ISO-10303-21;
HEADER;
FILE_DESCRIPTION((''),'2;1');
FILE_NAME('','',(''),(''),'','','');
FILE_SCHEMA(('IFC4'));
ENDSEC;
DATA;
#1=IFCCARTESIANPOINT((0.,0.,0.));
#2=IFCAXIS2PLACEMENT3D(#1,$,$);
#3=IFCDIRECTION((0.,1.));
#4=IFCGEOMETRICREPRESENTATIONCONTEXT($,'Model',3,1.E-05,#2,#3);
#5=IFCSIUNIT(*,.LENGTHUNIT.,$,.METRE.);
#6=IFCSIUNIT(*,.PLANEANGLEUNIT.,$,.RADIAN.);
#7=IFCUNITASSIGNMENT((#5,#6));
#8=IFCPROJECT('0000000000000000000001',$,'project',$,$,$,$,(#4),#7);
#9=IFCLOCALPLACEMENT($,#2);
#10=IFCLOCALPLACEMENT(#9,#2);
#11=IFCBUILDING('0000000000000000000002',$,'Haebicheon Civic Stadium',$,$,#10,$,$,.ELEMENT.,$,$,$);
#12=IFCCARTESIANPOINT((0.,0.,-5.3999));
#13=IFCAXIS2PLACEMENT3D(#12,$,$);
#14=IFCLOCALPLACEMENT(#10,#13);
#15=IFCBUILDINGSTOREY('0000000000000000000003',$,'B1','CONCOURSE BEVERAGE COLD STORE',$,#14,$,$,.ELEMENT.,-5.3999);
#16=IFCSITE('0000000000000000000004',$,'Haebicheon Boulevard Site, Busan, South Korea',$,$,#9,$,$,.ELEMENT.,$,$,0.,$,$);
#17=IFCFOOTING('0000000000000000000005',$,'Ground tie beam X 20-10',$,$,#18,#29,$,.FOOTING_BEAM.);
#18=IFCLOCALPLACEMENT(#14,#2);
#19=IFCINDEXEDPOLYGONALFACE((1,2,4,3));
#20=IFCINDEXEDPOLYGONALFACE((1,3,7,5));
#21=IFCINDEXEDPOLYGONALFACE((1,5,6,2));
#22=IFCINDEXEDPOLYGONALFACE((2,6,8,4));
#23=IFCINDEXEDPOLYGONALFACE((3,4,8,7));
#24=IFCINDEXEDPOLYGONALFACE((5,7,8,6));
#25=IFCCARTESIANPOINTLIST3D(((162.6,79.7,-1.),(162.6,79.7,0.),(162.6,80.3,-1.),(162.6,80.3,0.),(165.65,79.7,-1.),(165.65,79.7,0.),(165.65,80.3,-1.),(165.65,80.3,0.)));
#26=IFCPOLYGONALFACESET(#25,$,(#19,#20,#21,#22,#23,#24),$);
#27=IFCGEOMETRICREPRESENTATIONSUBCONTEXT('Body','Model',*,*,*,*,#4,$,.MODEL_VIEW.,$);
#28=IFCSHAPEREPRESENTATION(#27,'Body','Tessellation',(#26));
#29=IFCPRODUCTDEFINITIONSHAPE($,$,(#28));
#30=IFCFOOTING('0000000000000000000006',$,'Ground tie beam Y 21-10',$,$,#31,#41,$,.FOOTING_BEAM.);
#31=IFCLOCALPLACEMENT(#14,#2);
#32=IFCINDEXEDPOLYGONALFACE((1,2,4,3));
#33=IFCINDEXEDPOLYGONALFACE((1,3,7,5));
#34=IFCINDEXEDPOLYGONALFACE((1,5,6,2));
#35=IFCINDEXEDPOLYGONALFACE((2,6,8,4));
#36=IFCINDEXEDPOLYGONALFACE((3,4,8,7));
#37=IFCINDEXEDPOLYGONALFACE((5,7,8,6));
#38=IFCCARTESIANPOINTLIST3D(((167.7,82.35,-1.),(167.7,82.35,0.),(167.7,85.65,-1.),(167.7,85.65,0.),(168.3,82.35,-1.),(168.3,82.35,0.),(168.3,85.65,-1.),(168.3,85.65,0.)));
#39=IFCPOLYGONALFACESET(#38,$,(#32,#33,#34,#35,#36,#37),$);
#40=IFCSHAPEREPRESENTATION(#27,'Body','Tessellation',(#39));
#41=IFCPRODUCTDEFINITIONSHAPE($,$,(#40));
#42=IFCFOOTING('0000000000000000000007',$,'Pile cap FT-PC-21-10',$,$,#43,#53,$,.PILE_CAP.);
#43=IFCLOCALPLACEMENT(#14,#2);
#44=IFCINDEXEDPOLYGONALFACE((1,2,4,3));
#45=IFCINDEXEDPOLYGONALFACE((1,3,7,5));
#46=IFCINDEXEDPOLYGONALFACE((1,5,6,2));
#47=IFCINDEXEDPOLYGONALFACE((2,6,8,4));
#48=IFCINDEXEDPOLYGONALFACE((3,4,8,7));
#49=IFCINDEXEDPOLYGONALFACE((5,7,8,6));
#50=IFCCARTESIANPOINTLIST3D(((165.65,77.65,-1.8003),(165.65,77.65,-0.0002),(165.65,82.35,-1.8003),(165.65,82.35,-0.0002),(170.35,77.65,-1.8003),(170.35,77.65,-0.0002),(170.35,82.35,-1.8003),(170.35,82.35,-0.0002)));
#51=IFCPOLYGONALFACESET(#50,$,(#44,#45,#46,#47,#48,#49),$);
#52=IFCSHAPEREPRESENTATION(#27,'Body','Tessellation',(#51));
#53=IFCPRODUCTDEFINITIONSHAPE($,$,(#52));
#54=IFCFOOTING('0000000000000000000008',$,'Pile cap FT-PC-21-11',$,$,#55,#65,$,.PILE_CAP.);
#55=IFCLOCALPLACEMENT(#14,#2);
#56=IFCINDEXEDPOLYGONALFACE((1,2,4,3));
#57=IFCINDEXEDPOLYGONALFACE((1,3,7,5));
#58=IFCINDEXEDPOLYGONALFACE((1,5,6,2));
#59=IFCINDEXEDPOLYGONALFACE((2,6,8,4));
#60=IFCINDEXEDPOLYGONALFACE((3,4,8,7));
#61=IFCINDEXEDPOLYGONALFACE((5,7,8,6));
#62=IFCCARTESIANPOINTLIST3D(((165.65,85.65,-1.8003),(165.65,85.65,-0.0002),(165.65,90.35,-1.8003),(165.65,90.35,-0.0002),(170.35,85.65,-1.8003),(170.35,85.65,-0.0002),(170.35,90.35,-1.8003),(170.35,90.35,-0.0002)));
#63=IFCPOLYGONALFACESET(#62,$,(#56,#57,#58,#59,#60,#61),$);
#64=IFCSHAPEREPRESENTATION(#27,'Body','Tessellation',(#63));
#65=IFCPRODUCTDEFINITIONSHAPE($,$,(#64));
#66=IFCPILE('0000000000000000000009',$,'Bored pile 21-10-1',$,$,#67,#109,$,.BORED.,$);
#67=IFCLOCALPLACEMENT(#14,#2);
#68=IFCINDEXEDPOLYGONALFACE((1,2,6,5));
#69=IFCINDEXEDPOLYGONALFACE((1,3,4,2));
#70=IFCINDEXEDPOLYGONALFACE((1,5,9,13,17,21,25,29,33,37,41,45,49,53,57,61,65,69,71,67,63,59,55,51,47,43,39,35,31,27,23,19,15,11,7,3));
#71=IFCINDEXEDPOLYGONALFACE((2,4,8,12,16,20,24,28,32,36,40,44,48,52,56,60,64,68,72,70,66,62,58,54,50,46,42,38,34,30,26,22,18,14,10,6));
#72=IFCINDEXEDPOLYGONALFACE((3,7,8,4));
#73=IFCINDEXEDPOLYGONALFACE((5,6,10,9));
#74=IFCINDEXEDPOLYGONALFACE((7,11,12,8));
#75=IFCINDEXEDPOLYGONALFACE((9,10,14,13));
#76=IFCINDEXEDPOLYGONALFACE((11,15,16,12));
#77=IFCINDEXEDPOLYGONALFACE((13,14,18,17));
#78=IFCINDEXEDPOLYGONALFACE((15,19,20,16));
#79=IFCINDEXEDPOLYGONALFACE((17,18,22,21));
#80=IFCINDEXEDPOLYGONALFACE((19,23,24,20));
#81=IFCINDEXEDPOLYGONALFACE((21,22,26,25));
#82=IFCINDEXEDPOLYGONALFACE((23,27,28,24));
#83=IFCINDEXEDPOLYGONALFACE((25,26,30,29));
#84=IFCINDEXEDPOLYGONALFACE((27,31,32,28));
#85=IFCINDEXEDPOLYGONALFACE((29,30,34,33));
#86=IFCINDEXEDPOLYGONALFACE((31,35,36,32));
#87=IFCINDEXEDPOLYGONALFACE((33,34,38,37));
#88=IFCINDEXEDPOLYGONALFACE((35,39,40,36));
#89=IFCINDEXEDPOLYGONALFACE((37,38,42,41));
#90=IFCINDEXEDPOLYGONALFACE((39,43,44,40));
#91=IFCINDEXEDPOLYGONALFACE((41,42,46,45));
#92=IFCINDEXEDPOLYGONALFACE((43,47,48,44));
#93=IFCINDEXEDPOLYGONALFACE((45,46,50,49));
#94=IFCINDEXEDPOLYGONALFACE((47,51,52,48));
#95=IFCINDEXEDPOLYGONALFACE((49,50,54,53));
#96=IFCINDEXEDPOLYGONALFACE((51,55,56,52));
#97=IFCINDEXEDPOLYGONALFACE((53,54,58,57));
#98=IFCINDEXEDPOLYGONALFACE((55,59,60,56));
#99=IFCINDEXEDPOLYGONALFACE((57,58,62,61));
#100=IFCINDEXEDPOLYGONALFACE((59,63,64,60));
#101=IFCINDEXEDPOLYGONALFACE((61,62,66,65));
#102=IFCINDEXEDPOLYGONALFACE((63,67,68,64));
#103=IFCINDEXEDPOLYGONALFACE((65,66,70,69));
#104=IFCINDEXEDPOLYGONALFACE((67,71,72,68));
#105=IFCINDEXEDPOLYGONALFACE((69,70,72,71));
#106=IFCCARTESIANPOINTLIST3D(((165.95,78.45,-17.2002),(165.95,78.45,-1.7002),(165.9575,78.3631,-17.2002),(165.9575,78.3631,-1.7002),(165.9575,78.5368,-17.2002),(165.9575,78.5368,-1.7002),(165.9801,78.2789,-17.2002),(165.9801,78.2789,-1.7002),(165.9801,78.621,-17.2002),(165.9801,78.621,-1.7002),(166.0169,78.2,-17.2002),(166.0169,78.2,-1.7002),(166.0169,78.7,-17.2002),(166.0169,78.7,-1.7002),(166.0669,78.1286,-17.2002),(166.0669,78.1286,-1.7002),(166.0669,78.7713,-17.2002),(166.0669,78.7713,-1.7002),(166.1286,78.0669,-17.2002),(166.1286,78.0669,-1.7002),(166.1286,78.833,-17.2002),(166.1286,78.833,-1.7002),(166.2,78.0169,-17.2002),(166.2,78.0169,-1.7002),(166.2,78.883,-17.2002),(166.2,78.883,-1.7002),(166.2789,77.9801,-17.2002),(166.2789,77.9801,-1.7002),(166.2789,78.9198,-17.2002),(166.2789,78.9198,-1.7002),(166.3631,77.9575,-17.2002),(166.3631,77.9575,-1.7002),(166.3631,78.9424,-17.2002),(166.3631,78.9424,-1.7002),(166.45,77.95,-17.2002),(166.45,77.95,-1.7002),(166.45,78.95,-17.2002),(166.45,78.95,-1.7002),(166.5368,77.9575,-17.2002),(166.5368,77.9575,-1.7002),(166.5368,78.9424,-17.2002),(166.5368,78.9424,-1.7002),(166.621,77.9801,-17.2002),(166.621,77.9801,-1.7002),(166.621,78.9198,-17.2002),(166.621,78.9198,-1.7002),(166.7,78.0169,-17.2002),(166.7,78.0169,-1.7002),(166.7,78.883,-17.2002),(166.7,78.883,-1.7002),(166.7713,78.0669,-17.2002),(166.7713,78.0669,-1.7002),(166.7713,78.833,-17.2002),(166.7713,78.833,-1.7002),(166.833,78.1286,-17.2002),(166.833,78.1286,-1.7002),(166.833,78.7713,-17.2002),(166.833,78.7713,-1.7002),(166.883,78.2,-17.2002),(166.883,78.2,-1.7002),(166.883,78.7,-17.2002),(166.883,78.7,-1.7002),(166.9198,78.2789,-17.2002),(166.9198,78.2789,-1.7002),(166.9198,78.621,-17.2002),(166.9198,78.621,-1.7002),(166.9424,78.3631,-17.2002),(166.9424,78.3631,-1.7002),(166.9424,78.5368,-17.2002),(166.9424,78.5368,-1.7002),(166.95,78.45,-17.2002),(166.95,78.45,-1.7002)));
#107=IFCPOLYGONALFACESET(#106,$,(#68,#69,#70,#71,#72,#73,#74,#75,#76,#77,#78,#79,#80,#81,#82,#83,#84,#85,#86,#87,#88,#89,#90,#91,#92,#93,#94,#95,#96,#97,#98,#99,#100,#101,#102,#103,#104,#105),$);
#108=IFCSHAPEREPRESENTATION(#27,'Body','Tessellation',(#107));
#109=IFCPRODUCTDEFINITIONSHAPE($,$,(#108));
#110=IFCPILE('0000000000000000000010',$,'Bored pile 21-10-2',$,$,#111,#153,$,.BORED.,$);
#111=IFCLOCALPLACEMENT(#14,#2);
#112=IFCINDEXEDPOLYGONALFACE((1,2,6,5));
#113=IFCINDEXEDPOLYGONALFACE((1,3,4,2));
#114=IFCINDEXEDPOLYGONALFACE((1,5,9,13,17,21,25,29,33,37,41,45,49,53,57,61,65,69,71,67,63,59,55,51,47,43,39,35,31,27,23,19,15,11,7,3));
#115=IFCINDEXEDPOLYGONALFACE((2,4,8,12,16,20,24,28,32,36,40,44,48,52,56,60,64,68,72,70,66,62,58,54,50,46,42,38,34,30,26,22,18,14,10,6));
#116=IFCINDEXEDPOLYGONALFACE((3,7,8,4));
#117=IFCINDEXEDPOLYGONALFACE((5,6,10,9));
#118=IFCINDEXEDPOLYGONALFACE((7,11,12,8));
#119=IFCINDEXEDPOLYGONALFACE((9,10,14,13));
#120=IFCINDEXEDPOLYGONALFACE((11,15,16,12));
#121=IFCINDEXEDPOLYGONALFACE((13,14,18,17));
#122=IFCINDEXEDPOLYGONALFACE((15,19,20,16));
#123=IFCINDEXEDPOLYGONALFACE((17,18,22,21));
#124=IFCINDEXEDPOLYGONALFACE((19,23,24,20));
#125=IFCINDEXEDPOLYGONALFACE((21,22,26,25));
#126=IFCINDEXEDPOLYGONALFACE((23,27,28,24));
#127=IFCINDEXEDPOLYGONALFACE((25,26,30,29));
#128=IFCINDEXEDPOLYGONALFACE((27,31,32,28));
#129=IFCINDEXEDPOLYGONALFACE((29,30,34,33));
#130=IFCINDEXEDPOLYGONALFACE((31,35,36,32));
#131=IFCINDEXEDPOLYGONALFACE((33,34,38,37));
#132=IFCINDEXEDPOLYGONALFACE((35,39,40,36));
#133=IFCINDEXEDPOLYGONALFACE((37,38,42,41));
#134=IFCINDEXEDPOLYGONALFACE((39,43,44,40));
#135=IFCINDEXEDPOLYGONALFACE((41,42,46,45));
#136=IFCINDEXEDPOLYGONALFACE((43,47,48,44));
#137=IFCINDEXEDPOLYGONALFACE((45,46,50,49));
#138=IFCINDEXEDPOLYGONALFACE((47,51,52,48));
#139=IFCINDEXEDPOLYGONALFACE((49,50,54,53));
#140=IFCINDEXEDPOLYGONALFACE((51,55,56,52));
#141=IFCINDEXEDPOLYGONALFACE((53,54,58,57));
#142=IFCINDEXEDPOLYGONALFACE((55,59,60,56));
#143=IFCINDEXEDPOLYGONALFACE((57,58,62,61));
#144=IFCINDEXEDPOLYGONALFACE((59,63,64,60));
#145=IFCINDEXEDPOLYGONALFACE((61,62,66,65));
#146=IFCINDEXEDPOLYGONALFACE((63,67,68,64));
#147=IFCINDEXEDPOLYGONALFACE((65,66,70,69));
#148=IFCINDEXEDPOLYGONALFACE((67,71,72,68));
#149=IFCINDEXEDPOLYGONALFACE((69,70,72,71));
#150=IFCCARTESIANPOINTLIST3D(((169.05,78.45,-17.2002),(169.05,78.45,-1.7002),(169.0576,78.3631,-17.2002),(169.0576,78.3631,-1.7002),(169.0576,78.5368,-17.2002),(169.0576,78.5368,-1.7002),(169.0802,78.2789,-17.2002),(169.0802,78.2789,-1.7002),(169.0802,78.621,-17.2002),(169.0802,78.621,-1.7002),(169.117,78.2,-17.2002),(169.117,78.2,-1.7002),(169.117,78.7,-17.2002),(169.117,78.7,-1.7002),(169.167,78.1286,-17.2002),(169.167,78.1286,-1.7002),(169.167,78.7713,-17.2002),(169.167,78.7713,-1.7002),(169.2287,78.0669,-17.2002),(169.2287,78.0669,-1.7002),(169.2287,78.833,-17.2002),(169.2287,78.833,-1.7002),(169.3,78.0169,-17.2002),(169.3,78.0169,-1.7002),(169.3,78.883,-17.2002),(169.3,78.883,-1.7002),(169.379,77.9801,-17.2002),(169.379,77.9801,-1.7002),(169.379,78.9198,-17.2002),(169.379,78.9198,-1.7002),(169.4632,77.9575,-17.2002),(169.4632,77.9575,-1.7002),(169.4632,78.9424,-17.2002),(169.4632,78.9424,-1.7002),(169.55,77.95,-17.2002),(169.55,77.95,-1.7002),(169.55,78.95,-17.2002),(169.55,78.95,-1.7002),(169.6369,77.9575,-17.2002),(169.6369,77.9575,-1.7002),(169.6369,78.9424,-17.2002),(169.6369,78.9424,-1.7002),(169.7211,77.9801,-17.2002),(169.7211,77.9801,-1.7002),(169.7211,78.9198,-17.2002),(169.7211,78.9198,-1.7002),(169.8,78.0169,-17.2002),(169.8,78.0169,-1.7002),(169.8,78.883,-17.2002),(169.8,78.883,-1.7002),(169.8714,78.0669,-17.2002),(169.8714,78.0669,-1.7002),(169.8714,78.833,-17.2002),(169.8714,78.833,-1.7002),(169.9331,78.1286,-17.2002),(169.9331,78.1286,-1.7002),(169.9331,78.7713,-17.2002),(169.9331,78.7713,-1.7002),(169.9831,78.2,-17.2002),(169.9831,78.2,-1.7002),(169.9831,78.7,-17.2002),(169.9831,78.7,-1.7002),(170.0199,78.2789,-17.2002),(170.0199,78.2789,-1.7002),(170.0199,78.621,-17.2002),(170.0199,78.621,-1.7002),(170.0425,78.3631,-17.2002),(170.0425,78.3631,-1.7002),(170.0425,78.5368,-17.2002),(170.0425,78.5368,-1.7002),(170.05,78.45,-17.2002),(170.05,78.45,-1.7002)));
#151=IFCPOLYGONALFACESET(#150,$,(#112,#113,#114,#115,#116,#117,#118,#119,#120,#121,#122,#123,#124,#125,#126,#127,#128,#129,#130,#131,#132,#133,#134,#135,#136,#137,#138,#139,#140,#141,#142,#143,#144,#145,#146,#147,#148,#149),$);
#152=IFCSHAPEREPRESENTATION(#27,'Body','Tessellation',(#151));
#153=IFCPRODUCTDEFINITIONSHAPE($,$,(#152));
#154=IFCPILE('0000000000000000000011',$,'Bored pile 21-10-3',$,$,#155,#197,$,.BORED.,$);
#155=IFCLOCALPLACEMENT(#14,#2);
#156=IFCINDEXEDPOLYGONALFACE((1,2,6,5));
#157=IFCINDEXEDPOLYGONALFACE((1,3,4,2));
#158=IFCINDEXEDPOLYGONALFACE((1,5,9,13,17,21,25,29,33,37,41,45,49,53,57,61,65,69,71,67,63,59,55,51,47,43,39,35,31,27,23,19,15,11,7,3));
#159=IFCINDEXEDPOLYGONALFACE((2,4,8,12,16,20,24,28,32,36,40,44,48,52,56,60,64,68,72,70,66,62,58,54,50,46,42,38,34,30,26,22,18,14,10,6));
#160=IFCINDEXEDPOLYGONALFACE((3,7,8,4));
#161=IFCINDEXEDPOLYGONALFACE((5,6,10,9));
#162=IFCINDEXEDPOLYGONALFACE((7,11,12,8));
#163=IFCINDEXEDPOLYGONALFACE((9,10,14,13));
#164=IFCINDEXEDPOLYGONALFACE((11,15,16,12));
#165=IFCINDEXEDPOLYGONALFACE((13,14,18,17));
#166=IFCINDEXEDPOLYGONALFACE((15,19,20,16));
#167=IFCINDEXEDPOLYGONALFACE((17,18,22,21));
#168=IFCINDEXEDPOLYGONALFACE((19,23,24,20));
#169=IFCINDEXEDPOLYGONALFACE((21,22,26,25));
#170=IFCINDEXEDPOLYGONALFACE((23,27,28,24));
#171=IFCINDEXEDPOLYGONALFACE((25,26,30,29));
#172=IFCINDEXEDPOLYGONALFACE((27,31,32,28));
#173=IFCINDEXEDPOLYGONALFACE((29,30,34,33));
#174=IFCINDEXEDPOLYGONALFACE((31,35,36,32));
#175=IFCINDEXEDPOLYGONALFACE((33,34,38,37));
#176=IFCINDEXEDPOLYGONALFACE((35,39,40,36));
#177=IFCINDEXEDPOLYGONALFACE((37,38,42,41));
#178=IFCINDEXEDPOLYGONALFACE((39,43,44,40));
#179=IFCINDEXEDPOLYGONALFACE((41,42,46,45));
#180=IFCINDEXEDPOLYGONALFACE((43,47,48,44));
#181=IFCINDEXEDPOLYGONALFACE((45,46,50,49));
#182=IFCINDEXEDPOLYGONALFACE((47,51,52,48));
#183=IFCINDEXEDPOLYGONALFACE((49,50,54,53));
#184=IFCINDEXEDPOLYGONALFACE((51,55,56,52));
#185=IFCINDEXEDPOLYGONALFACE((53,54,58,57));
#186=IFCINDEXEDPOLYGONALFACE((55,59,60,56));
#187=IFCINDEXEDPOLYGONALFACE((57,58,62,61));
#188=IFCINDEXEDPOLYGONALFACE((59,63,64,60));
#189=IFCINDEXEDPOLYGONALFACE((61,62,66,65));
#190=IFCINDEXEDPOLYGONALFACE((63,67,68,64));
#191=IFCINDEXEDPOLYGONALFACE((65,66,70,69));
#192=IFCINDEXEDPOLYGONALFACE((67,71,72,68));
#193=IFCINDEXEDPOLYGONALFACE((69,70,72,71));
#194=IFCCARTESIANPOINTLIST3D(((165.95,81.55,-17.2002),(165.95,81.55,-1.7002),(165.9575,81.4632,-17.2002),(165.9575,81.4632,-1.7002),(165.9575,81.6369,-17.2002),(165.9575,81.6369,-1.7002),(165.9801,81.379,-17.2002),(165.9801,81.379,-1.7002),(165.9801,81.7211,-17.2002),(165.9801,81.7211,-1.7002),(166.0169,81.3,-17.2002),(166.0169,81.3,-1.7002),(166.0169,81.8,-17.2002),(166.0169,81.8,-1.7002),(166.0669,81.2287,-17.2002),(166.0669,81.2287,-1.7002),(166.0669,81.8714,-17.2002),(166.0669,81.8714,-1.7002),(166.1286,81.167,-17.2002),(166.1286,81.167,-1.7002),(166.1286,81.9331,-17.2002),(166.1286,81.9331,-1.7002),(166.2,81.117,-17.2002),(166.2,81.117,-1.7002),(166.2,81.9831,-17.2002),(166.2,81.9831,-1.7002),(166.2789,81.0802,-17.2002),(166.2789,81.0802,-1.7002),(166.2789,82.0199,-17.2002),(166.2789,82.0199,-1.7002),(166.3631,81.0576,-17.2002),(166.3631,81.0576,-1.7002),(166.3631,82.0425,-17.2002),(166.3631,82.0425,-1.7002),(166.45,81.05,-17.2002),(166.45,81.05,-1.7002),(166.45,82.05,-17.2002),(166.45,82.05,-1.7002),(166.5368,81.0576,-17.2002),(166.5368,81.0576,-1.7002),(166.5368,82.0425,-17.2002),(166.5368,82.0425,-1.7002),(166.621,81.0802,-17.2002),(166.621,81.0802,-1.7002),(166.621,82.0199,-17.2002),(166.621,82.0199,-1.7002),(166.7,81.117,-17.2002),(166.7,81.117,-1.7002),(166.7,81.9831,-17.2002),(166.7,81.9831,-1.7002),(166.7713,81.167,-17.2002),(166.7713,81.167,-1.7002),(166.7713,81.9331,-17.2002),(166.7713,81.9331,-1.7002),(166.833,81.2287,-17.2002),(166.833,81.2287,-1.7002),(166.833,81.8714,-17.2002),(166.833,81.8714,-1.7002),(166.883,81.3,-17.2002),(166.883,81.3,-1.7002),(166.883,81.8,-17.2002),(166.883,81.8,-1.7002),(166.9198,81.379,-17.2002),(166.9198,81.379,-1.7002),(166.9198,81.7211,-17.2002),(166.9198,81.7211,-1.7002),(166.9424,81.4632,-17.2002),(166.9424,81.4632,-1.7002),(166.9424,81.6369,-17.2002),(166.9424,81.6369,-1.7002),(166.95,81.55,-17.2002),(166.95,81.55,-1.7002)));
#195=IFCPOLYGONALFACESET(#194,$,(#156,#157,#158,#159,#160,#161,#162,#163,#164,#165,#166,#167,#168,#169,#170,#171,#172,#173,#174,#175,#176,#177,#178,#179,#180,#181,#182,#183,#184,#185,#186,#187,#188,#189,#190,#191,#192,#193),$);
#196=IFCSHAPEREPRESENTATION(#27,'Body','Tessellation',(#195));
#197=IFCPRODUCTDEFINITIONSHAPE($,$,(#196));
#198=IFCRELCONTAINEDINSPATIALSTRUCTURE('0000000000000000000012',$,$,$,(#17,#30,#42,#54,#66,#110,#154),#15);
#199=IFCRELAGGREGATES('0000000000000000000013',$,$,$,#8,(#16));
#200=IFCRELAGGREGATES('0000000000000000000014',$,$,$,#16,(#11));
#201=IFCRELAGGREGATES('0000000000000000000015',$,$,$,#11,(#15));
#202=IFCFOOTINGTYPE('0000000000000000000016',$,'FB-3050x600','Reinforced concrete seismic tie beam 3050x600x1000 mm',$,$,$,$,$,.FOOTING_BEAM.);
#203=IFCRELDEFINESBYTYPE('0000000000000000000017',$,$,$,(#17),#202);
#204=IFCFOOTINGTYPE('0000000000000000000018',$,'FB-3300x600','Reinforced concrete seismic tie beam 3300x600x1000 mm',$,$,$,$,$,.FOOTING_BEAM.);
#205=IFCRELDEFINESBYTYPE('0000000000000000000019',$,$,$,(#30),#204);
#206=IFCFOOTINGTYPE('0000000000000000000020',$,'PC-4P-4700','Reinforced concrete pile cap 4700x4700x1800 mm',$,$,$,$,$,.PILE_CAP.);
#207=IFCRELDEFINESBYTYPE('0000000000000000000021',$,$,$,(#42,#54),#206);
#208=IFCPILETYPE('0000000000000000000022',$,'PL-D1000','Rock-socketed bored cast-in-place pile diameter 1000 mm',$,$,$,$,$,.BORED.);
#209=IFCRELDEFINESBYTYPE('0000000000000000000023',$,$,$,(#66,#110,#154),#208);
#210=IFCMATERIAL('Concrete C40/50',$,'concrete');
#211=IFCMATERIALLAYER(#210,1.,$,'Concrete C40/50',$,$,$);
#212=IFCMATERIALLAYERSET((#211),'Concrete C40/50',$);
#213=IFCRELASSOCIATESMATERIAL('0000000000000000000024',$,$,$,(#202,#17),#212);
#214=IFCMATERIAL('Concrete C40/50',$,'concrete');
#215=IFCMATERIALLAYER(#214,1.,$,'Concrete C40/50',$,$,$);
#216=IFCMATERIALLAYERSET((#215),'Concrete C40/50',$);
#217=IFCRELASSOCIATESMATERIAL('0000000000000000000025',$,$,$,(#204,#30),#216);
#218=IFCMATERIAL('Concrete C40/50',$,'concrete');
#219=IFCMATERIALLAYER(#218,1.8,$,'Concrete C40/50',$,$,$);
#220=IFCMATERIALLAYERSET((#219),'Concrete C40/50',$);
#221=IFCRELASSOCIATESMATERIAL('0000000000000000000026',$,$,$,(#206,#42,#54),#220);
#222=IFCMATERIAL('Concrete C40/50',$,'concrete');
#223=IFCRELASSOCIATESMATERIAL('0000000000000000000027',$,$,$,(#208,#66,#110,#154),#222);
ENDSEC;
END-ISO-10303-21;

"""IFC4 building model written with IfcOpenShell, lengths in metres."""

from ifc_helpers import new_model, si_unit, direction, frame, origin, origin_2d, place, context, subcontext, project, spatial, rectangle, circle, extrude, material, layer, layer_set, material_profile, profile_set, type_object, element, save


model = new_model("IFC4")

# Units and contexts
model_context = context("Model", 3, precision=1e-05, world=origin(), true_north=direction((0.0, 1.0)))
body_context = subcontext(model_context, "Body", "Model", "MODEL_VIEW")
ifc_project = project(units=[si_unit("LENGTHUNIT", "METRE"), si_unit("PLANEANGLEUNIT", "RADIAN")], contexts=[model_context])

# Site, building, storey
site_placement = place(None, origin())
site = spatial("IfcSite", under=ifc_project, at=site_placement, Name="Haebicheon Boulevard Site, Busan, South Korea", CompositionType="ELEMENT", RefElevation=0.0)
building_placement = place(site_placement, origin())
building = spatial("IfcBuilding", under=site, at=building_placement, Name="Haebicheon Civic Stadium", CompositionType="ELEMENT")
storey_placement = place(building_placement, frame((0.0, 0.0, -5.3999)))
storey = spatial("IfcBuildingStorey", under=building, at=storey_placement, Name="B1", Description="CONCOURSE BEVERAGE COLD STORE", CompositionType="ELEMENT", Elevation=-5.3999)

# Footings
ifc_material_1 = material(Name="Concrete C40/50", Category="concrete")
ifc_layer_1 = layer(ifc_material_1, 1.0, Name="Concrete C40/50")
ifc_layer_set_1 = layer_set([ifc_layer_1], Name="Concrete C40/50")
footing_type_1 = type_object("IfcFootingType", Name="FB-3050x600", Description="Reinforced concrete seismic tie beam 3050x600x1000 mm", PredefinedType="FOOTING_BEAM", material=ifc_layer_set_1)
footing_1_placement = place(storey_placement, frame((164.125, 80.0, -1.0), z_axis=(0.0, 0.0, 1.0), x_axis=(1.0, 0.0, 0.0)))
element("IfcFooting", 1, at=footing_1_placement, inside=storey, type_object=footing_type_1, material=ifc_layer_set_1, Name="Ground tie beam X 20-10", PredefinedType="FOOTING_BEAM", context=body_context, shape_type="SweptSolid", body=[
    extrude(rectangle(XDim=3.05, YDim=0.6001, at=origin_2d()), origin(), (0.0, 0.0, 1.0), 1.0),
])
ifc_material_2 = material(Name="Concrete C40/50", Category="concrete")
ifc_layer_2 = layer(ifc_material_2, 1.0, Name="Concrete C40/50")
ifc_layer_set_2 = layer_set([ifc_layer_2], Name="Concrete C40/50")
footing_type_2 = type_object("IfcFootingType", Name="FB-3300x600", Description="Reinforced concrete seismic tie beam 3300x600x1000 mm", PredefinedType="FOOTING_BEAM", material=ifc_layer_set_2)
footing_2_placement = place(storey_placement, frame((168.0, 84.0, -1.0), z_axis=(0.0, 0.0, 1.0), x_axis=(0.0, 1.0, 0.0)))
element("IfcFooting", 2, at=footing_2_placement, inside=storey, type_object=footing_type_2, material=ifc_layer_set_2, Name="Ground tie beam Y 21-10", PredefinedType="FOOTING_BEAM", context=body_context, shape_type="SweptSolid", body=[
    extrude(rectangle(XDim=3.3, YDim=0.6001, at=origin_2d()), origin(), (0.0, 0.0, 1.0), 1.0),
])
ifc_material_3 = material(Name="Concrete C40/50", Category="concrete")
ifc_layer_3 = layer(ifc_material_3, 1.8, Name="Concrete C40/50")
ifc_layer_set_3 = layer_set([ifc_layer_3], Name="Concrete C40/50")
footing_type_3 = type_object("IfcFootingType", Name="PC-4P-4700", Description="Reinforced concrete pile cap 4700x4700x1800 mm", PredefinedType="PILE_CAP", material=ifc_layer_set_3)
for number, where, z_axis, x_axis, name in (
    (3, (168.0, 80.0, -1.8003), (0.0, 0.0, 1.0), (1.0, 0.0, 0.0), "Pile cap FT-PC-21-10"),
    (4, (168.0, 88.0, -1.8003), (0.0, 0.0, 1.0), (1.0, 0.0, 0.0), "Pile cap FT-PC-21-11"),
):
    element("IfcFooting", number, at=place(storey_placement, frame(where, z_axis=z_axis, x_axis=x_axis)), inside=storey, type_object=footing_type_3, material=ifc_layer_set_3, Name=name, PredefinedType="PILE_CAP", context=body_context, shape_type="SweptSolid", body=[
        extrude(rectangle(XDim=4.7, YDim=4.7, at=origin_2d()), origin(), (0.0, 0.0, 1.0), 1.8),
    ])

# Piles
ifc_material_4 = material(Name="Concrete C40/50", Category="concrete")
ifc_material_profile_1 = material_profile(ifc_material_4, circle(Radius=0.5, at=origin_2d()), Name="PILE-D1000")
ifc_profile_set_1 = profile_set([ifc_material_profile_1], Name="Concrete C40/50")
pile_type_1 = type_object("IfcPileType", Name="PL-D1000", Description="Rock-socketed bored cast-in-place pile diameter 1000 mm", PredefinedType="BORED", material=ifc_profile_set_1)
for number, where, z_axis, x_axis, name in (
    (5, (166.45, 78.45, -1.7002), (0.0, 0.0, -1.0), (1.0, 0.0, 0.0), "Bored pile 21-10-1"),
    (6, (169.55, 78.45, -1.7002), (0.0, 0.0, -1.0), (1.0, 0.0, 0.0), "Bored pile 21-10-2"),
    (7, (166.45, 81.55, -1.7002), (0.0, 0.0, -1.0), (1.0, 0.0, 0.0), "Bored pile 21-10-3"),
):
    element("IfcPile", number, at=place(storey_placement, frame(where, z_axis=z_axis, x_axis=x_axis)), inside=storey, type_object=pile_type_1, material=ifc_profile_set_1, Name=name, PredefinedType="BORED", context=body_context, shape_type="SweptSolid", body=[
        extrude(circle(Radius=0.5, at=origin_2d()), origin(), (0.0, 0.0, 1.0), 15.5),
    ])

save(model, "model.ifc")
